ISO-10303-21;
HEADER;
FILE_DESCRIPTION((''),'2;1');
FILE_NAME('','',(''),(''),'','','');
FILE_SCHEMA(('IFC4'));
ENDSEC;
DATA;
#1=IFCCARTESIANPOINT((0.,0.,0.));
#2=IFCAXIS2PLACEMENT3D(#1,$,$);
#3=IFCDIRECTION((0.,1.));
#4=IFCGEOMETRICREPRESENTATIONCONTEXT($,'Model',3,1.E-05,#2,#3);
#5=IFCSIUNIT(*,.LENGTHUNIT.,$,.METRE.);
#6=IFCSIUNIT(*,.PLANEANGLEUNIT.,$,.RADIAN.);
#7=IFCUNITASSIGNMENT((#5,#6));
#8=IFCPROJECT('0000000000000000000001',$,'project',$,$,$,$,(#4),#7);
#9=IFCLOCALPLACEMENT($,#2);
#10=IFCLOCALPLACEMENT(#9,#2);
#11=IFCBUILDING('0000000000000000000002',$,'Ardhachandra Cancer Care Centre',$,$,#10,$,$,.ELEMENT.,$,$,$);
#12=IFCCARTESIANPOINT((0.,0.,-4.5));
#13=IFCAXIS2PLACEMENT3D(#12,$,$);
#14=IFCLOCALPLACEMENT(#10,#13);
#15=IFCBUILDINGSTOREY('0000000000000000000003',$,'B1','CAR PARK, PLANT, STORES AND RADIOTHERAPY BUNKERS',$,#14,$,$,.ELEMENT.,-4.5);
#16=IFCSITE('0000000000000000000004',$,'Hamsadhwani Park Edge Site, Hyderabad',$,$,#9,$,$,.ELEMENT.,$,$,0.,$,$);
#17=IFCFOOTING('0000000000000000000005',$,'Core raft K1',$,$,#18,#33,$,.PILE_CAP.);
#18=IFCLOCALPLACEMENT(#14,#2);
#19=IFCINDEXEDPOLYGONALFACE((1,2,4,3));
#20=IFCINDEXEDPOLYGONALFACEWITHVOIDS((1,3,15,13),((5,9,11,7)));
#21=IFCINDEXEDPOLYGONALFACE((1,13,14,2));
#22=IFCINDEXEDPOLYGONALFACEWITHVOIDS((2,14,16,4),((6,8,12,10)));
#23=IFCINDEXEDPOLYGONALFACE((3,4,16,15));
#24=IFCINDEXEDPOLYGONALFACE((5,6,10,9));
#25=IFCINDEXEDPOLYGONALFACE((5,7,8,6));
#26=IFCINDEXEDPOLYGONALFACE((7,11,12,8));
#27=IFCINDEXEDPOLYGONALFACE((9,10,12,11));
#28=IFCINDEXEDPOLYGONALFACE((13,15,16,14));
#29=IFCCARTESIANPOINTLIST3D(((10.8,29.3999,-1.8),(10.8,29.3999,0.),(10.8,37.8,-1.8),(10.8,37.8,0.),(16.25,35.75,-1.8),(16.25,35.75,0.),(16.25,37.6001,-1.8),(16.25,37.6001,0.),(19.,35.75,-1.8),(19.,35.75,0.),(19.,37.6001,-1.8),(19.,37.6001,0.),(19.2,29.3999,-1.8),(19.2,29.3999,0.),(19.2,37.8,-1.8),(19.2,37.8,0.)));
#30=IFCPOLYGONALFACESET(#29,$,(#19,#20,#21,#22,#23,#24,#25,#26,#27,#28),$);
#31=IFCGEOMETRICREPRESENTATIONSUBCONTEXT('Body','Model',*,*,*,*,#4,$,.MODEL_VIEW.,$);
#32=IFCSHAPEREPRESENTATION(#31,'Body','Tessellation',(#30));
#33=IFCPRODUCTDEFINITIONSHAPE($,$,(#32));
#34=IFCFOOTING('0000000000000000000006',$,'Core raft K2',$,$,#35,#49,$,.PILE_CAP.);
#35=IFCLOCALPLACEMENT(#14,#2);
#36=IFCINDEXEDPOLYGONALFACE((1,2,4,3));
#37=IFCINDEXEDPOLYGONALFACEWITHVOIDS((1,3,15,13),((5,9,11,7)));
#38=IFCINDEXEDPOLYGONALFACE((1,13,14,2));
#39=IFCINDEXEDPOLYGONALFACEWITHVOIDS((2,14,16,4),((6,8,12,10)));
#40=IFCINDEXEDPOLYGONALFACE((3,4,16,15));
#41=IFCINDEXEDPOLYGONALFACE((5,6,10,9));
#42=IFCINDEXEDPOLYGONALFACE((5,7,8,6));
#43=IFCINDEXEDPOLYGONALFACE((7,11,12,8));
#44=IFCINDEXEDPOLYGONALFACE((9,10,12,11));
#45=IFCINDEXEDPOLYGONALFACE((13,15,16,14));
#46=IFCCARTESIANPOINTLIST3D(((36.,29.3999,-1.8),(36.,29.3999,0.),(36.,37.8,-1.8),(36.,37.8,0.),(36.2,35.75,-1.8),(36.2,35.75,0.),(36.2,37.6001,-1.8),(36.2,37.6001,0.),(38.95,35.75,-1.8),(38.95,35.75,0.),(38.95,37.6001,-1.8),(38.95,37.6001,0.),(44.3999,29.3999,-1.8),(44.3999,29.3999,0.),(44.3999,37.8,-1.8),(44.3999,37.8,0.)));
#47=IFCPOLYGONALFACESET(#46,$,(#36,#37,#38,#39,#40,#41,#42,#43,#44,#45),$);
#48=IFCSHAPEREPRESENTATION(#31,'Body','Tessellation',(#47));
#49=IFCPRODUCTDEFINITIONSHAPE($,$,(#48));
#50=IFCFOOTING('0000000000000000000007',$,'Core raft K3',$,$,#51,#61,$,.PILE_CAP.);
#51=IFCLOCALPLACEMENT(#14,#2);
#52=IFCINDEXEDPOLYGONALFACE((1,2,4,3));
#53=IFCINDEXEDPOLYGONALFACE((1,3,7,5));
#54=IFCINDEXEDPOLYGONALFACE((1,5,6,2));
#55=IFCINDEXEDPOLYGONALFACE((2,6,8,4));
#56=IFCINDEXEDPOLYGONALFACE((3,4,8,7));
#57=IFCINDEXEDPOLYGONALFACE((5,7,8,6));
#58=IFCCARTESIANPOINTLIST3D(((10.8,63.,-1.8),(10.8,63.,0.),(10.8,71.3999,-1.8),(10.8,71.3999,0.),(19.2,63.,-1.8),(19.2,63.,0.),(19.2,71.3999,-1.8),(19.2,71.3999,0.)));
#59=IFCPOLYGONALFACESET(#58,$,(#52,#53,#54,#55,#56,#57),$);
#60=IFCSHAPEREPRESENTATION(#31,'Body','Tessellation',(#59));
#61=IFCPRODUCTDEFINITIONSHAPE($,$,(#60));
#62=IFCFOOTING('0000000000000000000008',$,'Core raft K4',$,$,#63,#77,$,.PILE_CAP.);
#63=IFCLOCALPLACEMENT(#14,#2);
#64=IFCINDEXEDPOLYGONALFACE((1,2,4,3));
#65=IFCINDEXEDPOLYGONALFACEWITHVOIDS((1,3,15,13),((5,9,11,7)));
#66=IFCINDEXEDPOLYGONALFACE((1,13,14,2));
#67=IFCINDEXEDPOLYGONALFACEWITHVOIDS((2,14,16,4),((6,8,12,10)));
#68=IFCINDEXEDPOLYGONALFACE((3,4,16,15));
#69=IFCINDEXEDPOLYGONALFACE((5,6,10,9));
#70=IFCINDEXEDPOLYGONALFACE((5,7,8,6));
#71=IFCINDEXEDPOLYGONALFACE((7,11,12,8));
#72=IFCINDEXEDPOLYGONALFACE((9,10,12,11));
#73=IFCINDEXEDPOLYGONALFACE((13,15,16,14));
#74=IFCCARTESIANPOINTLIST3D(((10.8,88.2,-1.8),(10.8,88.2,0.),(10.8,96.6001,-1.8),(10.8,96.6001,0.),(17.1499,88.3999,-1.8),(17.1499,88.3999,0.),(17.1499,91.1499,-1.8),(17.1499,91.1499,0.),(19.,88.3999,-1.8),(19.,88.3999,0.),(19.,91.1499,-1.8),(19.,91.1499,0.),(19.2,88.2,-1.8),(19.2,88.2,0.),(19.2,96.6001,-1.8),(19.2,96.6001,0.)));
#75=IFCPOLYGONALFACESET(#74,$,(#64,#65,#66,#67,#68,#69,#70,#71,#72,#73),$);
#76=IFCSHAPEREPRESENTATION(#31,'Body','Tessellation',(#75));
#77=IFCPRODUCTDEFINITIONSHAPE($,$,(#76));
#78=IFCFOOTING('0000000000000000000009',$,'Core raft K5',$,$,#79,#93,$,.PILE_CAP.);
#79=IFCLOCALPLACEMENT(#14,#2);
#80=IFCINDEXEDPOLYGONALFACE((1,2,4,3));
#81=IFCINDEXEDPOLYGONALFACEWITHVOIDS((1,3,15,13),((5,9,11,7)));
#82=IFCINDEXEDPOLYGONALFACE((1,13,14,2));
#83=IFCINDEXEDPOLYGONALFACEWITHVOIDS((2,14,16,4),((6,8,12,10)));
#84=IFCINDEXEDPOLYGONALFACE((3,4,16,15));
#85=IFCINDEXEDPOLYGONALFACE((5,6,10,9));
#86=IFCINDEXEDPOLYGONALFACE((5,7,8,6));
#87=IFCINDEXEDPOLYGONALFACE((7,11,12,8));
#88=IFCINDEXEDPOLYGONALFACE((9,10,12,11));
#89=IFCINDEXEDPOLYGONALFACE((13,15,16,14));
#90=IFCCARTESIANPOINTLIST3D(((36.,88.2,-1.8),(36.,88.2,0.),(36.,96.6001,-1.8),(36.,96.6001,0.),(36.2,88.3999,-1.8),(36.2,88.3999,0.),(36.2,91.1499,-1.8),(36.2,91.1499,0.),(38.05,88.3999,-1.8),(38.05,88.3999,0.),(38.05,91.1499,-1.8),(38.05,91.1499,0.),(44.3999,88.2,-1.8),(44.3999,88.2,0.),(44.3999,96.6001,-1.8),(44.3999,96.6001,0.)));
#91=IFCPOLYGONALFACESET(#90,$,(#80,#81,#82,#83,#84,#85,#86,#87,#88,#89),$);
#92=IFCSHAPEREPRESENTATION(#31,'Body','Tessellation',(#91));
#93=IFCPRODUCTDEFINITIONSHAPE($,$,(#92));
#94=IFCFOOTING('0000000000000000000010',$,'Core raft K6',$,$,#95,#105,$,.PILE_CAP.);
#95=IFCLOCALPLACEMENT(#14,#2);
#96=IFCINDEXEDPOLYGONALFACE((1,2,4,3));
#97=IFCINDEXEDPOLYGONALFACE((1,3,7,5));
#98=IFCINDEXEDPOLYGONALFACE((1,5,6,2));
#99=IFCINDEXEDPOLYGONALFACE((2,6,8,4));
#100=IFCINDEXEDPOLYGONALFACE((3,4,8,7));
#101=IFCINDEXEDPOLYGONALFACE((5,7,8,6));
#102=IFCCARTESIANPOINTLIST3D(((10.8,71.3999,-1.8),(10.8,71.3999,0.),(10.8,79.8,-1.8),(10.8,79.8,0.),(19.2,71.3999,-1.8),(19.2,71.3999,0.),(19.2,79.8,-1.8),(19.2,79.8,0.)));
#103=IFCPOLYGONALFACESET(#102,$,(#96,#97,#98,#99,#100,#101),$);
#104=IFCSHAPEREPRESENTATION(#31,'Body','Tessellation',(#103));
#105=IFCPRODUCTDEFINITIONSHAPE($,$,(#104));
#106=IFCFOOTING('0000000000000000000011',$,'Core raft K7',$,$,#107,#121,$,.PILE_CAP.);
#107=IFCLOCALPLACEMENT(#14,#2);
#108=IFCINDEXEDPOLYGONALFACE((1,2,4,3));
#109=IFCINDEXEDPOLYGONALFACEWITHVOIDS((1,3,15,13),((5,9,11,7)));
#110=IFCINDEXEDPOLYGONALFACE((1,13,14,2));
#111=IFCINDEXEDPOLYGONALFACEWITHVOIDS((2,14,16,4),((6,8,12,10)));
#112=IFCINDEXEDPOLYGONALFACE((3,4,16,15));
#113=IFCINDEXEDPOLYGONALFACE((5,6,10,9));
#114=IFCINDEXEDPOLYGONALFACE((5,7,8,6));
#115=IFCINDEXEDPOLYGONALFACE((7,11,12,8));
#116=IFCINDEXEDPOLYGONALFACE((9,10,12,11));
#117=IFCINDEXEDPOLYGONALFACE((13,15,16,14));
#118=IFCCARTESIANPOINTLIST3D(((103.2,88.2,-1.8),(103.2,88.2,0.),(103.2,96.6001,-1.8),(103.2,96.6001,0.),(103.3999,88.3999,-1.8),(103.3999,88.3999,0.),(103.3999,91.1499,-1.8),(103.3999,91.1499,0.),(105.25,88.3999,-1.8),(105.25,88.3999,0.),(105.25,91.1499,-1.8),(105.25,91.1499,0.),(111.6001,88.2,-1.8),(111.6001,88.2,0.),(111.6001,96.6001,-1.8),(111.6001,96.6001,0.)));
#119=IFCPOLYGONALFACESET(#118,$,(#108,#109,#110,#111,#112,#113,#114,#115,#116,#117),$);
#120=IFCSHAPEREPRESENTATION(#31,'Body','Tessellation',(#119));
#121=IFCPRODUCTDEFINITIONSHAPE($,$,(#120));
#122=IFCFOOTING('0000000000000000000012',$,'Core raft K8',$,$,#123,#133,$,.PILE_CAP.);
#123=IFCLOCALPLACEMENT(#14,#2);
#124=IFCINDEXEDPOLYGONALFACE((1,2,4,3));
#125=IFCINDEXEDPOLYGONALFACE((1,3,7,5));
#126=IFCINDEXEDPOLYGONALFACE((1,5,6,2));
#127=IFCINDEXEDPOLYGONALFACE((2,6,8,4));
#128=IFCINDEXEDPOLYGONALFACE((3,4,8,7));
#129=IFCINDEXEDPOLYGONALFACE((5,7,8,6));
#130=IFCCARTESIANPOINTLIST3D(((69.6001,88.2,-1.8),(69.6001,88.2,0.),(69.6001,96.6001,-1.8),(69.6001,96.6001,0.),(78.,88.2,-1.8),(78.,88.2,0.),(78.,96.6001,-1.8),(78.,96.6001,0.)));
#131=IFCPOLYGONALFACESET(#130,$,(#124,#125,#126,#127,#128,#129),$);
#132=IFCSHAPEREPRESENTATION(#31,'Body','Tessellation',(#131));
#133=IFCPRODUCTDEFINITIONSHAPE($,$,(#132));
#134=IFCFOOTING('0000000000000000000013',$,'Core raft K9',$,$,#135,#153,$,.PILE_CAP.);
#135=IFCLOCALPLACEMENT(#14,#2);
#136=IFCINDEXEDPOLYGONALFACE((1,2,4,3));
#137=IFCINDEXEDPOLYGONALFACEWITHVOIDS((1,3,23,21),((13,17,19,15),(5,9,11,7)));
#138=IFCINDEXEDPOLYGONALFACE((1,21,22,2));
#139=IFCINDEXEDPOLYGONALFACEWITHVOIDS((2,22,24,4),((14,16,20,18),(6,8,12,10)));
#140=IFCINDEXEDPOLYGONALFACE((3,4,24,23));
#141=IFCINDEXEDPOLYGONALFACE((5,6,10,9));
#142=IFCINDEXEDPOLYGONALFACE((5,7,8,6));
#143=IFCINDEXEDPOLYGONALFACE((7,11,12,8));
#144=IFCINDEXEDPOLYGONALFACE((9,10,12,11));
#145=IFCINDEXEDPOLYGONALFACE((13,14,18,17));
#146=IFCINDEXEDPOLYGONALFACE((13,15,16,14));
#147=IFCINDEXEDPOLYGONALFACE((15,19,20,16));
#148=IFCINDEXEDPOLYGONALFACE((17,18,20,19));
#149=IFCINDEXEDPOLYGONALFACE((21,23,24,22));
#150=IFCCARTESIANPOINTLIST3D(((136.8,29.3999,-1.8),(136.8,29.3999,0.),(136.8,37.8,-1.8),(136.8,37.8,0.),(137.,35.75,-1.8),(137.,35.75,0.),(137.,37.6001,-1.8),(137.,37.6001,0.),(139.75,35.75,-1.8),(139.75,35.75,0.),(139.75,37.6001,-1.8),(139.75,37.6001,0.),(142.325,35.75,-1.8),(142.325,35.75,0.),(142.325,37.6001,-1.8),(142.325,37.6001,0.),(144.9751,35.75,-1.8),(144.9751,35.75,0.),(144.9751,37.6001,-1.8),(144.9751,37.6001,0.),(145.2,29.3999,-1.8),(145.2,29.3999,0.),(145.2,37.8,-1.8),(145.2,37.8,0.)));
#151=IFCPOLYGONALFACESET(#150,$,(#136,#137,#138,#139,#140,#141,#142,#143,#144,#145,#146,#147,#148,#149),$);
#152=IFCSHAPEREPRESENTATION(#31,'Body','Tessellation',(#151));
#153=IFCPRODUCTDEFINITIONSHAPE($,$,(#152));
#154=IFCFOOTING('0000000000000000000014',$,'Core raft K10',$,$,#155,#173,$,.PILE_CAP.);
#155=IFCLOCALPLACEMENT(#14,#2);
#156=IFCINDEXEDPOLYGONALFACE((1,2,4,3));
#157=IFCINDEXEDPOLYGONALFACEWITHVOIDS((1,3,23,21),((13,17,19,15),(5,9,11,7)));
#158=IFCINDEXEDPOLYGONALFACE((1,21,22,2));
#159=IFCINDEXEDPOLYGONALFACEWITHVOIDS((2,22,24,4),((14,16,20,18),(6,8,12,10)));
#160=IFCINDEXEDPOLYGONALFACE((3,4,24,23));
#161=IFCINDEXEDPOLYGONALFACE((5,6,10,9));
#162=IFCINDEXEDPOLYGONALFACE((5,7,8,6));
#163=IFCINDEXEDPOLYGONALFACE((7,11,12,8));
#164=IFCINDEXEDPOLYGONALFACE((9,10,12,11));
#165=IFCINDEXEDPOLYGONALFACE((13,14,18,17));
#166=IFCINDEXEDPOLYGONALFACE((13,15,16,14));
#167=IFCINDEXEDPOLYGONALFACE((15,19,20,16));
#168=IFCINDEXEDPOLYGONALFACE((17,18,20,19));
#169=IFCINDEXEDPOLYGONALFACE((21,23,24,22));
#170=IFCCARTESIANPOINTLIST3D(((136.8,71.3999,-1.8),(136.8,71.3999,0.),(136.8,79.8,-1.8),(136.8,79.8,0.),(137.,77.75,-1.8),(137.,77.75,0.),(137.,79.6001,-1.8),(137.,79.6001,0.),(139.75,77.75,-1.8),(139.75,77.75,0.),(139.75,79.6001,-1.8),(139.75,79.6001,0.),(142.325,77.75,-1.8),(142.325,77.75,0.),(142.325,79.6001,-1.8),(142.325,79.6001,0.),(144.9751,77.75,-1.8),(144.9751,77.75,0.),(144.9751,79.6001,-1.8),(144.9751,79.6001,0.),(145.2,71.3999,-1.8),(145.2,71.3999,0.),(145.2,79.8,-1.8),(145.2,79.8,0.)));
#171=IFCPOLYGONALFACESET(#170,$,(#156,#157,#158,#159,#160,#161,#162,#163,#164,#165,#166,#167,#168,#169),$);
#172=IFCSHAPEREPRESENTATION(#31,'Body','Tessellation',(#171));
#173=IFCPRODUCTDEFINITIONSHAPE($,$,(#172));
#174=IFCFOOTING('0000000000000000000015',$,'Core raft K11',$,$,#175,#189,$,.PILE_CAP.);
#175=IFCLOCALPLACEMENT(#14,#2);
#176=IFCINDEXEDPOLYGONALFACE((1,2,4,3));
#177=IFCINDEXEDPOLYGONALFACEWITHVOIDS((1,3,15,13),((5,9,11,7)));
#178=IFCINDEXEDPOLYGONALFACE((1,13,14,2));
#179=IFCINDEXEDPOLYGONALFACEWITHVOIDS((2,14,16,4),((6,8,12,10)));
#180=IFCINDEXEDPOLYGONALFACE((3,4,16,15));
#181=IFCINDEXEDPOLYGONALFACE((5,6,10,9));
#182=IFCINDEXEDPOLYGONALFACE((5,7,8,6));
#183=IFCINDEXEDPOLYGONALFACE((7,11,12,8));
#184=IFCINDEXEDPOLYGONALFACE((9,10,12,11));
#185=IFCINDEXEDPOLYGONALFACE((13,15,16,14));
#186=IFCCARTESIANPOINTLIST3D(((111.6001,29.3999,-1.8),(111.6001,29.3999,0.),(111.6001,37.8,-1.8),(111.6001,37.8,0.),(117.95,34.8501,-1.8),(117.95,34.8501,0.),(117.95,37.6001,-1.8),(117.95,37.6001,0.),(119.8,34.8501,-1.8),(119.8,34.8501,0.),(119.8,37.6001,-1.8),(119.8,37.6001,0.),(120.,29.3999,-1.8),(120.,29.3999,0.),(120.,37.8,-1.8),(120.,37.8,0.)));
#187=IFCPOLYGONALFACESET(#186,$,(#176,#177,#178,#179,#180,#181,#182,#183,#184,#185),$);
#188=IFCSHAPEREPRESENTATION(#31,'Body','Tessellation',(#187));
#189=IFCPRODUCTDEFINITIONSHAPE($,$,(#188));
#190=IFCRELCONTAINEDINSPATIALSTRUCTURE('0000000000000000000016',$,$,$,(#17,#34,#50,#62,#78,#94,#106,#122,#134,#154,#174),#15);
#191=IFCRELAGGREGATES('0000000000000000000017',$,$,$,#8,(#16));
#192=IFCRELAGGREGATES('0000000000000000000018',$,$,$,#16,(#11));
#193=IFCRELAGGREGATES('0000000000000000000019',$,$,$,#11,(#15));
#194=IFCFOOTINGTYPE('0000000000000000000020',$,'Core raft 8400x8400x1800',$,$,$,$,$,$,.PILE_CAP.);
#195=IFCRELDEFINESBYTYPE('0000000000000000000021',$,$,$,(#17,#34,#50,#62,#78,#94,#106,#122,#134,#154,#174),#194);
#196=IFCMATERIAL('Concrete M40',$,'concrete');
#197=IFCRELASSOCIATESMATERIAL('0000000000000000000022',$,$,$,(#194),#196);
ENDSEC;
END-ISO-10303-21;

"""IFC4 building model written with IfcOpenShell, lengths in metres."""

from ifc_helpers import new_model, si_unit, direction, frame, origin, place, context, subcontext, project, spatial, polyline, outline, extrude, material, type_object, element, save


model = new_model("IFC4")

# Units and contexts
model_context = context("Model", 3, precision=1e-05, world=origin(), true_north=direction((0.0, 1.0)))
body_context = subcontext(model_context, "Body", "Model", "MODEL_VIEW")
ifc_project = project(units=[si_unit("LENGTHUNIT", "METRE"), si_unit("PLANEANGLEUNIT", "RADIAN")], contexts=[model_context])

# Site, building, storey
site_placement = place(None, origin())
site = spatial("IfcSite", under=ifc_project, at=site_placement, Name="Hamsadhwani Park Edge Site, Hyderabad", CompositionType="ELEMENT", RefElevation=0.0)
building_placement = place(site_placement, origin())
building = spatial("IfcBuilding", under=site, at=building_placement, Name="Ardhachandra Cancer Care Centre", CompositionType="ELEMENT")
storey_placement = place(building_placement, frame((0.0, 0.0, -4.5)))
storey = spatial("IfcBuildingStorey", under=building, at=storey_placement, Name="B1", Description="CAR PARK, PLANT, STORES AND RADIOTHERAPY BUNKERS", CompositionType="ELEMENT", Elevation=-4.5)

# Footings
ifc_material_1 = material(Name="Concrete M40", Category="concrete")
footing_type_1 = type_object("IfcFootingType", Name="Core raft 8400x8400x1800", PredefinedType="PILE_CAP", material=ifc_material_1)
footing_1_placement = place(storey_placement, frame((0.0, 0.0, -1.8)))
element("IfcFooting", 1, at=footing_1_placement, inside=storey, type_object=footing_type_1, Name="Core raft K1", PredefinedType="PILE_CAP", context=body_context, shape_type="SweptSolid", body=[
    extrude(outline(polyline([(10.8, 29.3999), (19.2, 29.3999), (19.2, 37.8), (10.8, 37.8), (10.8, 29.3999)]), holes=[polyline([(16.25, 35.75), (19.0, 35.75), (19.0, 37.6001), (16.25, 37.6001), (16.25, 35.75)])]), origin(), (0.0, 0.0, 1.0), 1.8),
])
footing_2_placement = place(storey_placement, frame((0.0, 0.0, -1.8)))
element("IfcFooting", 2, at=footing_2_placement, inside=storey, type_object=footing_type_1, Name="Core raft K2", PredefinedType="PILE_CAP", context=body_context, shape_type="SweptSolid", body=[
    extrude(outline(polyline([(36.0, 29.3999), (44.3999, 29.3999), (44.3999, 37.8), (36.0, 37.8), (36.0, 29.3999)]), holes=[polyline([(36.2, 35.75), (38.95, 35.75), (38.95, 37.6001), (36.2, 37.6001), (36.2, 35.75)])]), origin(), (0.0, 0.0, 1.0), 1.8),
])
footing_3_placement = place(storey_placement, frame((0.0, 0.0, -1.8)))
element("IfcFooting", 3, at=footing_3_placement, inside=storey, type_object=footing_type_1, Name="Core raft K3", PredefinedType="PILE_CAP", context=body_context, shape_type="SweptSolid", body=[
    extrude(outline(polyline([(10.8, 63.0), (19.2, 63.0), (19.2, 71.3999), (10.8, 71.3999), (10.8, 63.0)])), origin(), (0.0, 0.0, 1.0), 1.8),
])
footing_4_placement = place(storey_placement, frame((0.0, 0.0, -1.8)))
element("IfcFooting", 4, at=footing_4_placement, inside=storey, type_object=footing_type_1, Name="Core raft K4", PredefinedType="PILE_CAP", context=body_context, shape_type="SweptSolid", body=[
    extrude(outline(polyline([(10.8, 88.2), (19.2, 88.2), (19.2, 96.6001), (10.8, 96.6001), (10.8, 88.2)]), holes=[polyline([(17.1499, 88.3999), (19.0, 88.3999), (19.0, 91.1499), (17.1499, 91.1499), (17.1499, 88.3999)])]), origin(), (0.0, 0.0, 1.0), 1.8),
])
footing_5_placement = place(storey_placement, frame((0.0, 0.0, -1.8)))
element("IfcFooting", 5, at=footing_5_placement, inside=storey, type_object=footing_type_1, Name="Core raft K5", PredefinedType="PILE_CAP", context=body_context, shape_type="SweptSolid", body=[
    extrude(outline(polyline([(36.0, 88.2), (44.3999, 88.2), (44.3999, 96.6001), (36.0, 96.6001), (36.0, 88.2)]), holes=[polyline([(36.2, 88.3999), (38.05, 88.3999), (38.05, 91.1499), (36.2, 91.1499), (36.2, 88.3999)])]), origin(), (0.0, 0.0, 1.0), 1.8),
])
footing_6_placement = place(storey_placement, frame((0.0, 0.0, -1.8)))
element("IfcFooting", 6, at=footing_6_placement, inside=storey, type_object=footing_type_1, Name="Core raft K6", PredefinedType="PILE_CAP", context=body_context, shape_type="SweptSolid", body=[
    extrude(outline(polyline([(10.8, 71.3999), (19.2, 71.3999), (19.2, 79.8), (10.8, 79.8), (10.8, 71.3999)])), origin(), (0.0, 0.0, 1.0), 1.8),
])
footing_7_placement = place(storey_placement, frame((0.0, 0.0, -1.8)))
element("IfcFooting", 7, at=footing_7_placement, inside=storey, type_object=footing_type_1, Name="Core raft K7", PredefinedType="PILE_CAP", context=body_context, shape_type="SweptSolid", body=[
    extrude(outline(polyline([(103.2, 88.2), (111.6001, 88.2), (111.6001, 96.6001), (103.2, 96.6001), (103.2, 88.2)]), holes=[polyline([(103.3999, 88.3999), (105.25, 88.3999), (105.25, 91.1499), (103.3999, 91.1499), (103.3999, 88.3999)])]), origin(), (0.0, 0.0, 1.0), 1.8),
])
footing_8_placement = place(storey_placement, frame((0.0, 0.0, -1.8)))
element("IfcFooting", 8, at=footing_8_placement, inside=storey, type_object=footing_type_1, Name="Core raft K8", PredefinedType="PILE_CAP", context=body_context, shape_type="SweptSolid", body=[
    extrude(outline(polyline([(69.6001, 88.2), (78.0, 88.2), (78.0, 96.6001), (69.6001, 96.6001), (69.6001, 88.2)])), origin(), (0.0, 0.0, 1.0), 1.8),
])
footing_9_placement = place(storey_placement, frame((0.0, 0.0, -1.8)))
element("IfcFooting", 9, at=footing_9_placement, inside=storey, type_object=footing_type_1, Name="Core raft K9", PredefinedType="PILE_CAP", context=body_context, shape_type="SweptSolid", body=[
    extrude(outline(polyline([(136.8, 29.3999), (145.2, 29.3999), (145.2, 37.8), (136.8, 37.8), (136.8, 29.3999)]), holes=[polyline([(137.0, 35.75), (139.75, 35.75), (139.75, 37.6001), (137.0, 37.6001), (137.0, 35.75)]), polyline([(142.325, 35.75), (144.9751, 35.75), (144.9751, 37.6001), (142.325, 37.6001), (142.325, 35.75)])]), origin(), (0.0, 0.0, 1.0), 1.8),
])
footing_10_placement = place(storey_placement, frame((0.0, 0.0, -1.8)))
element("IfcFooting", 10, at=footing_10_placement, inside=storey, type_object=footing_type_1, Name="Core raft K10", PredefinedType="PILE_CAP", context=body_context, shape_type="SweptSolid", body=[
    extrude(outline(polyline([(136.8, 71.3999), (145.2, 71.3999), (145.2, 79.8), (136.8, 79.8), (136.8, 71.3999)]), holes=[polyline([(137.0, 77.75), (139.75, 77.75), (139.75, 79.6001), (137.0, 79.6001), (137.0, 77.75)]), polyline([(142.325, 77.75), (144.9751, 77.75), (144.9751, 79.6001), (142.325, 79.6001), (142.325, 77.75)])]), origin(), (0.0, 0.0, 1.0), 1.8),
])
footing_11_placement = place(storey_placement, frame((0.0, 0.0, -1.8)))
element("IfcFooting", 11, at=footing_11_placement, inside=storey, type_object=footing_type_1, Name="Core raft K11", PredefinedType="PILE_CAP", context=body_context, shape_type="SweptSolid", body=[
    extrude(outline(polyline([(111.6001, 29.3999), (120.0, 29.3999), (120.0, 37.8), (111.6001, 37.8), (111.6001, 29.3999)]), holes=[polyline([(117.95, 34.8501), (119.8, 34.8501), (119.8, 37.6001), (117.95, 37.6001), (117.95, 34.8501)])]), origin(), (0.0, 0.0, 1.0), 1.8),
])

save(model, "model.ifc")
